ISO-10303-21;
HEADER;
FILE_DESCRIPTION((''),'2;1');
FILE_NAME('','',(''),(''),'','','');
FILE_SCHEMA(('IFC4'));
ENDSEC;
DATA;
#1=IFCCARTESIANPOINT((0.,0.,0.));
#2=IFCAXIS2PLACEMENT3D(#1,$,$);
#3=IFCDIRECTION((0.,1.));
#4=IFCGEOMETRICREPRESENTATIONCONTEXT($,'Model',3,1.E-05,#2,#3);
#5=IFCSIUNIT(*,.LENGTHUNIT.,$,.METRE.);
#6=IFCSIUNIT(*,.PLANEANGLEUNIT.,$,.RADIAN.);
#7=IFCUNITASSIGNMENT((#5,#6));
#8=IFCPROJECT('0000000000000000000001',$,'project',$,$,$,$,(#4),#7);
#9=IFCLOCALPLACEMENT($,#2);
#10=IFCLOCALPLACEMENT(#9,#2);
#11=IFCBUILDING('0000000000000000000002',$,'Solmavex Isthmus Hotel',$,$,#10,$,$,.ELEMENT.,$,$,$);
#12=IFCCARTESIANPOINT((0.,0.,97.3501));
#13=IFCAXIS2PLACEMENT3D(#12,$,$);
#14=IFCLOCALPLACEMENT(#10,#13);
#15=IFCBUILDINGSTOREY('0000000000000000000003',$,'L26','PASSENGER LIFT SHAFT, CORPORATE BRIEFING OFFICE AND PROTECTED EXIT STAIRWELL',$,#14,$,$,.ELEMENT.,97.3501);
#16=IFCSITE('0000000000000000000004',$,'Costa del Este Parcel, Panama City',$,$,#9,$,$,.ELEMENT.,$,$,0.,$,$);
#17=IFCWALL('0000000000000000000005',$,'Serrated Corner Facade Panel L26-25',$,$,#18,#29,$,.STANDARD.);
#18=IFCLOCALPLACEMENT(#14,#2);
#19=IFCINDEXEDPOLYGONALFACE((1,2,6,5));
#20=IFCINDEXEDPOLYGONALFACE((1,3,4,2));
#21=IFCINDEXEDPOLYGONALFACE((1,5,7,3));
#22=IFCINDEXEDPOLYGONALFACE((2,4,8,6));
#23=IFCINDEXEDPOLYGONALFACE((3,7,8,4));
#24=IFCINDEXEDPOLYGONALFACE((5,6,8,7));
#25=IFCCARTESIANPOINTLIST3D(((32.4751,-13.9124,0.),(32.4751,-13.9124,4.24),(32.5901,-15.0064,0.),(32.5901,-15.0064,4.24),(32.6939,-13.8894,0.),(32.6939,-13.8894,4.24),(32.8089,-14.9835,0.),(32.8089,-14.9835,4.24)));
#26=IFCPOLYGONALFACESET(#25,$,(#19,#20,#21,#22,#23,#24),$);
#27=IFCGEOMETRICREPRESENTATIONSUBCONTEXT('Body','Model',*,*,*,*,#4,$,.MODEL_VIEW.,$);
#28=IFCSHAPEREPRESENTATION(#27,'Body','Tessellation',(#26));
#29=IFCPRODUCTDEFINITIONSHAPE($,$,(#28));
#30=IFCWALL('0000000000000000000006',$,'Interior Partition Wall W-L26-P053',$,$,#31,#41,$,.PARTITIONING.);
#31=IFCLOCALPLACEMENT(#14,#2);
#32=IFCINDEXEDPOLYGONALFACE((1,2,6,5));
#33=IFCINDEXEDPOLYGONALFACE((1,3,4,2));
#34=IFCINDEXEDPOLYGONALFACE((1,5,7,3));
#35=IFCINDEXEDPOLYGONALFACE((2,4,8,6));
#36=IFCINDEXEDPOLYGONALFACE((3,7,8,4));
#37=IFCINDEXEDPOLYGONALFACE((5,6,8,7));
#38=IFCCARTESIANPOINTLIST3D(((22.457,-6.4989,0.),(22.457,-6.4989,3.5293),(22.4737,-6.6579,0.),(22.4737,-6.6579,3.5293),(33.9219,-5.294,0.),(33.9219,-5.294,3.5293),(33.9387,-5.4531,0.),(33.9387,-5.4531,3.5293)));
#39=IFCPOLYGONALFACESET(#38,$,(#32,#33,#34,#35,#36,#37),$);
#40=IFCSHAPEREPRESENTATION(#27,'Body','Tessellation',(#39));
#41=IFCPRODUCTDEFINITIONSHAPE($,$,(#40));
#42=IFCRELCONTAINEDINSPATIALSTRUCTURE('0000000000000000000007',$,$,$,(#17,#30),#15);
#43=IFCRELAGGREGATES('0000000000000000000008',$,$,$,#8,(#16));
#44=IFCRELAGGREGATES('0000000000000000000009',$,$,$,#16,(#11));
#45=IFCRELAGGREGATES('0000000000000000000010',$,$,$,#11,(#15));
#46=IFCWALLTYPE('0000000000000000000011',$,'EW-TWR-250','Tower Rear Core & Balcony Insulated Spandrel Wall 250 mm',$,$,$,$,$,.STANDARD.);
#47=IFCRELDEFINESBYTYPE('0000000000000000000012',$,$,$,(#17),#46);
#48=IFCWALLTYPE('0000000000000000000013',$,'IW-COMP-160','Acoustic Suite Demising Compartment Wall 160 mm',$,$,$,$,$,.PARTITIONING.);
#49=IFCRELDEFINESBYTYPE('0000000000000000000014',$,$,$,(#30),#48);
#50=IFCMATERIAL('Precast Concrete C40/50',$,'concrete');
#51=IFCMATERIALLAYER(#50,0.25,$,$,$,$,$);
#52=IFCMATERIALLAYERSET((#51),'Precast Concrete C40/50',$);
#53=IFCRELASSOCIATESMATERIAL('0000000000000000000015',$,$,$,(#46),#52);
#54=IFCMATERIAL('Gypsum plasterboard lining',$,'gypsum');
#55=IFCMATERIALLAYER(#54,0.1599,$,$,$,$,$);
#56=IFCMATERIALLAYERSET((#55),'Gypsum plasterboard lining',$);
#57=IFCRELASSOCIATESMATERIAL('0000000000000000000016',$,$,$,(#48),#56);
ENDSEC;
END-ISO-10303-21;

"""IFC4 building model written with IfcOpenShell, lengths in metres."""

from ifc_helpers import new_model, si_unit, direction, frame, frame_2d, origin, place, context, subcontext, project, spatial, rectangle, extrude, material, layer, layer_set, type_object, element, save


model = new_model("IFC4")

# Units and contexts
model_context = context("Model", 3, precision=1e-05, world=origin(), true_north=direction((0.0, 1.0)))
body_context = subcontext(model_context, "Body", "Model", "MODEL_VIEW")
ifc_project = project(units=[si_unit("LENGTHUNIT", "METRE"), si_unit("PLANEANGLEUNIT", "RADIAN")], contexts=[model_context])

# Site, building, storey
site_placement = place(None, origin())
site = spatial("IfcSite", under=ifc_project, at=site_placement, Name="Costa del Este Parcel, Panama City", CompositionType="ELEMENT", RefElevation=0.0)
building_placement = place(site_placement, origin())
building = spatial("IfcBuilding", under=site, at=building_placement, Name="Solmavex Isthmus Hotel", CompositionType="ELEMENT")
storey_placement = place(building_placement, frame((0.0, 0.0, 97.3501)))
storey = spatial("IfcBuildingStorey", under=building, at=storey_placement, Name="L26", Description="PASSENGER LIFT SHAFT, CORPORATE BRIEFING OFFICE AND PROTECTED EXIT STAIRWELL", CompositionType="ELEMENT", Elevation=97.3501)

# Walls
ifc_material_1 = material(Name="Precast Concrete C40/50", Category="concrete")
ifc_layer_1 = layer(ifc_material_1, 0.25)
ifc_layer_set_1 = layer_set([ifc_layer_1], Name="Precast Concrete C40/50")
wall_type_1 = type_object("IfcWallType", Name="EW-TWR-250", Description="Tower Rear Core & Balcony Insulated Spandrel Wall 250 mm", PredefinedType="STANDARD", material=ifc_layer_set_1)
for number, where, z_axis, x_axis, name in (
    (1, (32.5845, -13.9009, 0.0), (0.0, 0.0, 1.0), (0.104535, -0.994521, 0.0), "Serrated Corner Facade Panel L26-25"),
):
    element("IfcWall", number, at=place(storey_placement, frame(where, z_axis=z_axis, x_axis=x_axis)), inside=storey, type_object=wall_type_1, Name=name, PredefinedType="STANDARD", context=body_context, shape_type="SweptSolid", body=[
        extrude(rectangle(XDim=1.1001, YDim=0.22, at=frame_2d((0.55, 0.0))), origin(), (0.0, 0.0, 1.0), 4.24),
    ])
ifc_material_2 = material(Name="Gypsum plasterboard lining", Category="gypsum")
ifc_layer_2 = layer(ifc_material_2, 0.1599)
ifc_layer_set_2 = layer_set([ifc_layer_2], Name="Gypsum plasterboard lining")
wall_type_2 = type_object("IfcWallType", Name="IW-COMP-160", Description="Acoustic Suite Demising Compartment Wall 160 mm", PredefinedType="PARTITIONING", material=ifc_layer_set_2)
wall_1_placement = place(storey_placement, frame((33.9304, -5.3735, 0.0), z_axis=(0.0, 0.0, 1.0), x_axis=(-0.994523, -0.104514, 0.0)))
element("IfcWall", 2, at=wall_1_placement, inside=storey, type_object=wall_type_2, Name="Interior Partition Wall W-L26-P053", PredefinedType="PARTITIONING", context=body_context, shape_type="SweptSolid", body=[
    extrude(rectangle(XDim=11.5281, YDim=0.1599, at=frame_2d((5.7642, 0.0))), origin(), (0.0, 0.0, 1.0), 3.5293),
])

save(model, "model.ifc")
